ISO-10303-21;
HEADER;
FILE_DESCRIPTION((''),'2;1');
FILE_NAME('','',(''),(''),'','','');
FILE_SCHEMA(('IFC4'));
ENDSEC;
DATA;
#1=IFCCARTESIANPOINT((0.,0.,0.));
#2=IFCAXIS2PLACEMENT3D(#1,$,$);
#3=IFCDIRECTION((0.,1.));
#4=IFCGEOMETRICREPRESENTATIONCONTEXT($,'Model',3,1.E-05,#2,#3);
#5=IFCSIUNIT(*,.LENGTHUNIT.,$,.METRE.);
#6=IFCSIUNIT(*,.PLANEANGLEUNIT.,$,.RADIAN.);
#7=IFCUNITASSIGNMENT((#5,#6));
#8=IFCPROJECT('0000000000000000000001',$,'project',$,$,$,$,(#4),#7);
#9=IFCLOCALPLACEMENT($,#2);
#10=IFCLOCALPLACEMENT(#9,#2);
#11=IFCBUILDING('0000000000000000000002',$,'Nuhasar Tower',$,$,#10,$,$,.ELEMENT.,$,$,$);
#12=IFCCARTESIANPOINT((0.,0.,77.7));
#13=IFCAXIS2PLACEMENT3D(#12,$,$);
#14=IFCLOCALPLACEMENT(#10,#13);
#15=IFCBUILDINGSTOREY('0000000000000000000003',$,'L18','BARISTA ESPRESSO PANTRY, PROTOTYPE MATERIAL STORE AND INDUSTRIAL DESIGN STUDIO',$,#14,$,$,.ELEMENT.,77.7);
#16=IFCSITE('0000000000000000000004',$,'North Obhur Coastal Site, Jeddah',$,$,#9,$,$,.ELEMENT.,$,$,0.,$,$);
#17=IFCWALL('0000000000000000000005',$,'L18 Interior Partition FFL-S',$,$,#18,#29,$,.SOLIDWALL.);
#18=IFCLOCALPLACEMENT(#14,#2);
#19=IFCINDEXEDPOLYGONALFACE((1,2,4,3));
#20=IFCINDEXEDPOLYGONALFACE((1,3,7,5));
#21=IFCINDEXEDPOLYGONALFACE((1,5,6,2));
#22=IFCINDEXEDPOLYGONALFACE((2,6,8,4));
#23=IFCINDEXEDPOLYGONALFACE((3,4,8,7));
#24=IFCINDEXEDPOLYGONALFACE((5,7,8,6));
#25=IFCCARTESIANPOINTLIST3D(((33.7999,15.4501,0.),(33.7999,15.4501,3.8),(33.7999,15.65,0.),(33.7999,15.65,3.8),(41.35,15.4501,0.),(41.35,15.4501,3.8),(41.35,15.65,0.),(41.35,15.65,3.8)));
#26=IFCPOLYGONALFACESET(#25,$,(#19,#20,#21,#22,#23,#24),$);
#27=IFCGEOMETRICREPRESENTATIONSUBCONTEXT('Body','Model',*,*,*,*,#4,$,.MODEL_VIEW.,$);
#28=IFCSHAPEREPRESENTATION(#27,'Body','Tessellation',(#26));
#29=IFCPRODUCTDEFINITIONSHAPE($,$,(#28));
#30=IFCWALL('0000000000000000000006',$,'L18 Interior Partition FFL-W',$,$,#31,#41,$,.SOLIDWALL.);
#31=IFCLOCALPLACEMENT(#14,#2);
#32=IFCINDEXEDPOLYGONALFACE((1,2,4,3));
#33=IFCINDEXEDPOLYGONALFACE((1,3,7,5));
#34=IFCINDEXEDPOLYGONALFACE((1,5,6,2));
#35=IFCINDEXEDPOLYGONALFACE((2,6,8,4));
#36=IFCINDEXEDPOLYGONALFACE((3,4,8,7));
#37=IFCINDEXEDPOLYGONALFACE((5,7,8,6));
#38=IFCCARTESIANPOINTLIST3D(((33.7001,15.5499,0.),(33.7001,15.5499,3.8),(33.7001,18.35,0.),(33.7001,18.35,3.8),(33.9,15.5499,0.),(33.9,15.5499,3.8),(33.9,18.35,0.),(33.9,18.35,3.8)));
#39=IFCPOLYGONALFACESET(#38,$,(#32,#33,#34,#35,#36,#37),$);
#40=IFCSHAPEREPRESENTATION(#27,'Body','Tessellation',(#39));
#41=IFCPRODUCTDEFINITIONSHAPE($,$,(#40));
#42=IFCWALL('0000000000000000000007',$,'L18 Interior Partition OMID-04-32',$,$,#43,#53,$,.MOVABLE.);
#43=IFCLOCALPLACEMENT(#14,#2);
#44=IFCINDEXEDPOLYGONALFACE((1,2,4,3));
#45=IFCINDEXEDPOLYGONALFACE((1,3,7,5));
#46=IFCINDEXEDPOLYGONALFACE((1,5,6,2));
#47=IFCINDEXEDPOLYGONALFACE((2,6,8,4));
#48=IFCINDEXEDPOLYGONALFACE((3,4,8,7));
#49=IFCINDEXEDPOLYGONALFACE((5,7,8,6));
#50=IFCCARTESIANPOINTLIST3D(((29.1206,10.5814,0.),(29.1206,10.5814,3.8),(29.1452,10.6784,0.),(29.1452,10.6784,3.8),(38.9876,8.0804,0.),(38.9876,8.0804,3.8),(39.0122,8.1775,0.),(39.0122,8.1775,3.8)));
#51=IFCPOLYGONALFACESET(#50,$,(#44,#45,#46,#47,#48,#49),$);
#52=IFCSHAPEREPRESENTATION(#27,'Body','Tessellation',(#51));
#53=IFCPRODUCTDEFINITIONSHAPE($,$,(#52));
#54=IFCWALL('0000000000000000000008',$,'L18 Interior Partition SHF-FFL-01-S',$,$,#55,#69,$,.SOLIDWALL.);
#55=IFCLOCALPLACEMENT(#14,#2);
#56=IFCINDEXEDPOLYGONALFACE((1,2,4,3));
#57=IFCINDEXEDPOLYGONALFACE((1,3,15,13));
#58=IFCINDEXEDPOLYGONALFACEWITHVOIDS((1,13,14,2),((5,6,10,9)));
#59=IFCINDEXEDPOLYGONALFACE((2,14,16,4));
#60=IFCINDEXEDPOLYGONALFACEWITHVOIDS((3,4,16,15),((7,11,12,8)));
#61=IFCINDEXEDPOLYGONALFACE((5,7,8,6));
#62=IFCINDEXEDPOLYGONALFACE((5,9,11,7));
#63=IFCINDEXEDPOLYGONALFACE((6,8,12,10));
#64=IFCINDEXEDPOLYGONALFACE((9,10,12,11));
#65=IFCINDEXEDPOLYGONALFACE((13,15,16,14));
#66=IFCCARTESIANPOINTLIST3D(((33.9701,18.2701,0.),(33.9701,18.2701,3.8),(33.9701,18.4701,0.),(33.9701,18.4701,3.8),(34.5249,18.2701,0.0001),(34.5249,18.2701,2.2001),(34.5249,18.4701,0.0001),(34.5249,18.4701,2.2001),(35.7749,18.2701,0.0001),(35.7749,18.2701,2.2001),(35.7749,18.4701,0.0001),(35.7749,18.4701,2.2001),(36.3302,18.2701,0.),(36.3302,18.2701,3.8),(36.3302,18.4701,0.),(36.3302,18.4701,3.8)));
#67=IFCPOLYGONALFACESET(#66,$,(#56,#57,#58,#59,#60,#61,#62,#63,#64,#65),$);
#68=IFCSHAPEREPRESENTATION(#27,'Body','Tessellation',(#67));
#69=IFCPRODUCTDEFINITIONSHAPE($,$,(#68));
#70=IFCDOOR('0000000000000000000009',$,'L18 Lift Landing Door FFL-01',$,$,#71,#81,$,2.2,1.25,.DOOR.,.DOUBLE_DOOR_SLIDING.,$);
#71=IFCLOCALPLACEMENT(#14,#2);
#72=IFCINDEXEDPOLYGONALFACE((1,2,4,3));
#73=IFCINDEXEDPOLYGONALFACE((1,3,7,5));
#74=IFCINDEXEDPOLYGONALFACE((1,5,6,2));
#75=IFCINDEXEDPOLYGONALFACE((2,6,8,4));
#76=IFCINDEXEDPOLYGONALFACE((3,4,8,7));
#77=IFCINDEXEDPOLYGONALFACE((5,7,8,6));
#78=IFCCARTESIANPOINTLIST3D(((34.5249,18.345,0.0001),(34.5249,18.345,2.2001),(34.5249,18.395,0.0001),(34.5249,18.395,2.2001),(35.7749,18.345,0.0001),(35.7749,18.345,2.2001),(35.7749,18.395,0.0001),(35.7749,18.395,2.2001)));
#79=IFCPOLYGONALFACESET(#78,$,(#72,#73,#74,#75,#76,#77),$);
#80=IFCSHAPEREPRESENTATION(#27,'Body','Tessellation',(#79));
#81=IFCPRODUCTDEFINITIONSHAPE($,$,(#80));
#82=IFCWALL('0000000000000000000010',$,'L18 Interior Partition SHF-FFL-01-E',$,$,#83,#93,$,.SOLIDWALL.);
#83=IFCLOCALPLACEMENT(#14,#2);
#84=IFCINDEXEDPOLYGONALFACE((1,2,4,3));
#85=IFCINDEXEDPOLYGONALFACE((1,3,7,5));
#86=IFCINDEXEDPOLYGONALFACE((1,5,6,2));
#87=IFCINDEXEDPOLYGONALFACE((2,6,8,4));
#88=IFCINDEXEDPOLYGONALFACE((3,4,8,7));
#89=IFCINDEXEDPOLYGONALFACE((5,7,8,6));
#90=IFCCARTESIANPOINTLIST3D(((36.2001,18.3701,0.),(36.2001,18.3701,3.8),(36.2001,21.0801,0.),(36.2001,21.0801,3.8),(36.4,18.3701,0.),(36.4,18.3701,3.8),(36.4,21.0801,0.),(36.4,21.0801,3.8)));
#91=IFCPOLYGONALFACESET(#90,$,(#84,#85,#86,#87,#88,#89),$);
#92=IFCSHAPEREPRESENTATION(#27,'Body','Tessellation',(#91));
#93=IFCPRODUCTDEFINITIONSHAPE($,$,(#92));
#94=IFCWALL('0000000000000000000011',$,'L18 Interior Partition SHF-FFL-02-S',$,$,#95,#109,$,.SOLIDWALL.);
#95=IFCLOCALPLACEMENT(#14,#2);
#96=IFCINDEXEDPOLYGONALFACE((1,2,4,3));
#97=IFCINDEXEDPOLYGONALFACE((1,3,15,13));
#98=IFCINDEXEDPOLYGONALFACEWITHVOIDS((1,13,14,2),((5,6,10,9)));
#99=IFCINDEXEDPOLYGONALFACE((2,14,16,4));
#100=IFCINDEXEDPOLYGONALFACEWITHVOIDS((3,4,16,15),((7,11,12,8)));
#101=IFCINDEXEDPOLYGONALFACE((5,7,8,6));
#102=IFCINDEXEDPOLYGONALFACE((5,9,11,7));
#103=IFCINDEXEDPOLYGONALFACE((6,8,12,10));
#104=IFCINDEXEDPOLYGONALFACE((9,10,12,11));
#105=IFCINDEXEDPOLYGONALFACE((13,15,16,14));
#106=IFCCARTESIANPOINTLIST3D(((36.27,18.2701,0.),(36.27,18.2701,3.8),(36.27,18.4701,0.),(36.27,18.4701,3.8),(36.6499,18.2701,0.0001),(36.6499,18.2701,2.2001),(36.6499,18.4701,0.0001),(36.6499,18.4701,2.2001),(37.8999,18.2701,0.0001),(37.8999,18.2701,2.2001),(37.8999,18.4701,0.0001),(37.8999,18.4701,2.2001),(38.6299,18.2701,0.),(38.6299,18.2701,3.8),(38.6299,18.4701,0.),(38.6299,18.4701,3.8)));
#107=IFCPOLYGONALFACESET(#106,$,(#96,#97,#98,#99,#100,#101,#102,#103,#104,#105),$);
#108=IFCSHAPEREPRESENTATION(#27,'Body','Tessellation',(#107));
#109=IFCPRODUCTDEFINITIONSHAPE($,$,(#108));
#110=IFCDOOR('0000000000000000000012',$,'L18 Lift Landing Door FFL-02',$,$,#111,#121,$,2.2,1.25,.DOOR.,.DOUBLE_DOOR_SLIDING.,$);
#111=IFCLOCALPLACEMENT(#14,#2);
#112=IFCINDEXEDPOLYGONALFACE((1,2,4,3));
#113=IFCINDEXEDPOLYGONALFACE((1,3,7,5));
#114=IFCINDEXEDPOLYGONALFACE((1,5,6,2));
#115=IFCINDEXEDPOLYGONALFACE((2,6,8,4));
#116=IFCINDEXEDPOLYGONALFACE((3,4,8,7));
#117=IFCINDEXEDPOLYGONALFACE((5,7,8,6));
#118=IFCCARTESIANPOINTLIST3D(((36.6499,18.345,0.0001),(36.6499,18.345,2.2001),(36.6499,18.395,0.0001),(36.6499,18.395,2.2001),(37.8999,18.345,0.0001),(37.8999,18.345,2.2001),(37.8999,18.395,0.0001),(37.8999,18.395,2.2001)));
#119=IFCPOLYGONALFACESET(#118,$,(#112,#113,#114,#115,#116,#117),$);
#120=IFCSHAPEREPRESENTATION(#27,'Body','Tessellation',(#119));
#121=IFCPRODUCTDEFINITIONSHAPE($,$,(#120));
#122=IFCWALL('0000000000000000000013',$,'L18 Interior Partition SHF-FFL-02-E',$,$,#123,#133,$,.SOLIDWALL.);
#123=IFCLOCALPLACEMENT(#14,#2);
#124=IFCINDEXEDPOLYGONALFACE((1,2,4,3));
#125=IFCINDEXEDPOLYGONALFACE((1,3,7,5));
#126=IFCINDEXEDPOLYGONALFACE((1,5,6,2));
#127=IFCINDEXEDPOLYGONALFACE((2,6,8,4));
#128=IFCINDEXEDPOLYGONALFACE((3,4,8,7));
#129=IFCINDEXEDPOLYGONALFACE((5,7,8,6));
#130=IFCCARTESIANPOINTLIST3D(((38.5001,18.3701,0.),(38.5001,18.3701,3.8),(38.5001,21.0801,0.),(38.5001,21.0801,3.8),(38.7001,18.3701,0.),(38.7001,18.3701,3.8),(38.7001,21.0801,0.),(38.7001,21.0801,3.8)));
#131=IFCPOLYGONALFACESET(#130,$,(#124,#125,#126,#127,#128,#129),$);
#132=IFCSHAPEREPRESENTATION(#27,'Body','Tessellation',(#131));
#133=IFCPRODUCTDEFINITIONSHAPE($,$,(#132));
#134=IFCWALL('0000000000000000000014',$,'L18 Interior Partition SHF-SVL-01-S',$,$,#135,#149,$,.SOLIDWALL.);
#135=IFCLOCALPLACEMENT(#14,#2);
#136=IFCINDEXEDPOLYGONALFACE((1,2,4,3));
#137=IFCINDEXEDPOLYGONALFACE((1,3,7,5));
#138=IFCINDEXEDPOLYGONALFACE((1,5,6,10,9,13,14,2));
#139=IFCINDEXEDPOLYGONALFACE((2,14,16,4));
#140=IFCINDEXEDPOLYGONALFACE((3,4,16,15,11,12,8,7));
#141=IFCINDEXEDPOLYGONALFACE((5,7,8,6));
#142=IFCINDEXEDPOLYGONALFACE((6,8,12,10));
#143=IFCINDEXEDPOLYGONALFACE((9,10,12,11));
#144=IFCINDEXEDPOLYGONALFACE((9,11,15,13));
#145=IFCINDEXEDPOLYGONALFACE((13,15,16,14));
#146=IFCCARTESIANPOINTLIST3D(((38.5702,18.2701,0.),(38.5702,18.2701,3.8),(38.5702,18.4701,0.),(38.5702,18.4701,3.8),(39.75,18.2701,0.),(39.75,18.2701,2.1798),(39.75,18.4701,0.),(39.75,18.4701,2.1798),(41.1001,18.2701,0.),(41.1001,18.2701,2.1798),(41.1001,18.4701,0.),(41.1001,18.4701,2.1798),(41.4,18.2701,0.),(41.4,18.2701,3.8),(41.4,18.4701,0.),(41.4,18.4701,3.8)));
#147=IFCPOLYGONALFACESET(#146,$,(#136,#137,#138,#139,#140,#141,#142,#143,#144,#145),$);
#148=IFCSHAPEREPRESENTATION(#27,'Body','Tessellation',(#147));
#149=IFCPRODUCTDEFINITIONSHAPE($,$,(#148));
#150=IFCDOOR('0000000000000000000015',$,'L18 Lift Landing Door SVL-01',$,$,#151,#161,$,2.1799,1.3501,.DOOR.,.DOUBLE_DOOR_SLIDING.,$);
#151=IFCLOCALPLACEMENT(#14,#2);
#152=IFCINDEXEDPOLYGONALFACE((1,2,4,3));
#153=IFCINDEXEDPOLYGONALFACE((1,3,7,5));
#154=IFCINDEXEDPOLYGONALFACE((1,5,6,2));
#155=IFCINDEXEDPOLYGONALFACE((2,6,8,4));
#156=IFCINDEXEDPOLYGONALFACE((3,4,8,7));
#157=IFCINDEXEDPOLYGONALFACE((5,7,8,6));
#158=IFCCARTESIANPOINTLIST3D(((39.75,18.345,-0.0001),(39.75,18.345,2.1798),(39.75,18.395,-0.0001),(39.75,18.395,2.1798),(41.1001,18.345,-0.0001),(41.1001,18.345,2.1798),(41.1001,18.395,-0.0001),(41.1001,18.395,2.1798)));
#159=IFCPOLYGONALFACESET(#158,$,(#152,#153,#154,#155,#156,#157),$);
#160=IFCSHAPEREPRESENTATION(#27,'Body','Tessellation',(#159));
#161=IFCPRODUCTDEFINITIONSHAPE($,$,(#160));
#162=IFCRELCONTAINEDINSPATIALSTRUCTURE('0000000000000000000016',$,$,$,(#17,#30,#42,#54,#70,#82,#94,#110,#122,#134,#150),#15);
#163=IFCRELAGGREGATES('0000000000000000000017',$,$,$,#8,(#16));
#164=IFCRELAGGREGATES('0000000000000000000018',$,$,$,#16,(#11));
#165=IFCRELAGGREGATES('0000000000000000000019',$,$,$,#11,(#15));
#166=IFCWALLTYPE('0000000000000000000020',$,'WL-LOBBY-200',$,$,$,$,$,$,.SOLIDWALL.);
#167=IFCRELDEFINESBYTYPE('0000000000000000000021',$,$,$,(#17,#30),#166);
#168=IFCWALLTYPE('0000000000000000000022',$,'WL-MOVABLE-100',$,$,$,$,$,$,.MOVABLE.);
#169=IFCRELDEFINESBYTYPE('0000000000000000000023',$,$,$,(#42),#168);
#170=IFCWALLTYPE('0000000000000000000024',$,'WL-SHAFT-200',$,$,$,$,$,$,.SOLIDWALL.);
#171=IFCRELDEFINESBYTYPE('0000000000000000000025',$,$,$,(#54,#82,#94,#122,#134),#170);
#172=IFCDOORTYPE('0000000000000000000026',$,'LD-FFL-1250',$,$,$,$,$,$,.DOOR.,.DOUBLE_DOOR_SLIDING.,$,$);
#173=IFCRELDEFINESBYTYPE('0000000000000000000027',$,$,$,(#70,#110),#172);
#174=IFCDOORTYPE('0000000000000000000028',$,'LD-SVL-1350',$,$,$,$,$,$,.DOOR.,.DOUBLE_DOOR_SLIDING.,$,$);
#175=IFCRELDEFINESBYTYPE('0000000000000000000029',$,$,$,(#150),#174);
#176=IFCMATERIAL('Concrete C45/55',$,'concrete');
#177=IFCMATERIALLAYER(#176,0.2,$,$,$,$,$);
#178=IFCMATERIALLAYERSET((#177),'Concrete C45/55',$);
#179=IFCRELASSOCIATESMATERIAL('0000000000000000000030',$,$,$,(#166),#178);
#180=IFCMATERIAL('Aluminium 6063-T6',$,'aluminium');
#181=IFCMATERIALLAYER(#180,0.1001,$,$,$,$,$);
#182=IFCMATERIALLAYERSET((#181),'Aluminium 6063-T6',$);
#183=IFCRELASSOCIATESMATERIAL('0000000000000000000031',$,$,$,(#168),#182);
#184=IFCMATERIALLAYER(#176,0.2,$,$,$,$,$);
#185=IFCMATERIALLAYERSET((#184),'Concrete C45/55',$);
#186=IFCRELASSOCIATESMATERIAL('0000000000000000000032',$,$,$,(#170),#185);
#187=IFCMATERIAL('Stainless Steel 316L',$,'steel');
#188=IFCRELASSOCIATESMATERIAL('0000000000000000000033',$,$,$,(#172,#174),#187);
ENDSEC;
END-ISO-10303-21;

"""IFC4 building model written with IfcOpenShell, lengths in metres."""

from ifc_helpers import new_model, si_unit, direction, frame, frame_2d, origin, place, context, subcontext, project, spatial, rectangle, extrude, material, layer, layer_set, type_object, element, fill, save


model = new_model("IFC4")

# Units and contexts
model_context = context("Model", 3, precision=1e-05, world=origin(), true_north=direction((0.0, 1.0)))
body_context = subcontext(model_context, "Body", "Model", "MODEL_VIEW")
ifc_project = project(units=[si_unit("LENGTHUNIT", "METRE"), si_unit("PLANEANGLEUNIT", "RADIAN")], contexts=[model_context])

# Site, building, storey
site_placement = place(None, origin())
site = spatial("IfcSite", under=ifc_project, at=site_placement, Name="North Obhur Coastal Site, Jeddah", CompositionType="ELEMENT", RefElevation=0.0)
building_placement = place(site_placement, origin())
building = spatial("IfcBuilding", under=site, at=building_placement, Name="Nuhasar Tower", CompositionType="ELEMENT")
storey_placement = place(building_placement, frame((0.0, 0.0, 77.7)))
storey = spatial("IfcBuildingStorey", under=building, at=storey_placement, Name="L18", Description="BARISTA ESPRESSO PANTRY, PROTOTYPE MATERIAL STORE AND INDUSTRIAL DESIGN STUDIO", CompositionType="ELEMENT", Elevation=77.7)

# Shared definitions
ifc_material_1 = material(Name="Aluminium 6063-T6", Category="aluminium")

# Walls
ifc_material_2 = material(Name="Concrete C45/55", Category="concrete")
ifc_layer_1 = layer(ifc_material_2, 0.2)
ifc_layer_set_1 = layer_set([ifc_layer_1], Name="Concrete C45/55")
wall_type_1 = type_object("IfcWallType", Name="WL-LOBBY-200", PredefinedType="SOLIDWALL", material=ifc_layer_set_1)
wall_1_placement = place(storey_placement, frame((33.8, 15.55, 0.0), z_axis=(0.0, 0.0, 1.0), x_axis=(1.0, 0.0, 0.0)))
element("IfcWall", 1, at=wall_1_placement, inside=storey, type_object=wall_type_1, Name="L18 Interior Partition FFL-S", PredefinedType="SOLIDWALL", context=body_context, shape_type="SweptSolid", body=[
    extrude(rectangle(XDim=7.55, YDim=0.2, at=frame_2d((3.7749, 0.0))), origin(), (0.0, 0.0, 1.0), 3.8),
])
wall_2_placement = place(storey_placement, frame((33.8, 15.55, 0.0), z_axis=(0.0, 0.0, 1.0), x_axis=(0.0, 1.0, 0.0)))
element("IfcWall", 2, at=wall_2_placement, inside=storey, type_object=wall_type_1, Name="L18 Interior Partition FFL-W", PredefinedType="SOLIDWALL", context=body_context, shape_type="SweptSolid", body=[
    extrude(rectangle(XDim=2.8, YDim=0.2, at=frame_2d((1.3999, 0.0))), origin(), (0.0, 0.0, 1.0), 3.8),
])
ifc_layer_2 = layer(ifc_material_1, 0.1001)
ifc_layer_set_2 = layer_set([ifc_layer_2], Name="Aluminium 6063-T6")
wall_type_2 = type_object("IfcWallType", Name="WL-MOVABLE-100", PredefinedType="MOVABLE", material=ifc_layer_set_2)
wall_3_placement = place(storey_placement, frame((29.1331, 10.6299, 0.0), z_axis=(0.0, 0.0, 1.0), x_axis=(0.969346, -0.2457, 0.0)))
element("IfcWall", 3, at=wall_3_placement, inside=storey, type_object=wall_type_2, Name="L18 Interior Partition OMID-04-32", PredefinedType="MOVABLE", context=body_context, shape_type="SweptSolid", body=[
    extrude(rectangle(XDim=10.179, YDim=0.1001, at=frame_2d((5.0894, 0.0))), origin(), (0.0, 0.0, 1.0), 3.8),
])

# Wall, opening, door
ifc_layer_3 = layer(ifc_material_2, 0.2)
ifc_layer_set_3 = layer_set([ifc_layer_3], Name="Concrete C45/55")
wall_type_3 = type_object("IfcWallType", Name="WL-SHAFT-200", PredefinedType="SOLIDWALL", material=ifc_layer_set_3)
wall_4_placement = place(storey_placement, frame((33.97, 18.3701, 0.0), z_axis=(0.0, 0.0, 1.0), x_axis=(1.0, 0.0, 0.0)))
wall_4 = element("IfcWall", 4, at=wall_4_placement, inside=storey, type_object=wall_type_3, Name="L18 Interior Partition SHF-FFL-01-S", PredefinedType="SOLIDWALL", context=body_context, shape_type="SweptSolid", body=[
    extrude(rectangle(XDim=2.3601, YDim=0.2, at=frame_2d((1.1802, 0.0))), origin(), (0.0, 0.0, 1.0), 3.8),
])
opening_1_placement = place(wall_4_placement, frame((0.5549, 0.0, 0.0)))
opening_1 = element("IfcOpeningElement", 5, at=opening_1_placement, cuts=wall_4, PredefinedType="OPENING", context=body_context, shape_type="SweptSolid", body=[
    extrude(rectangle(XDim=1.25, YDim=2.2, at=frame_2d((0.625, 1.1001))), frame((0.0, 0.1099, 0.0), z_axis=(0.0, -1.0, 0.0), x_axis=(1.0, 0.0, 0.0)), (0.0, 0.0, 1.0), 0.22),
])
ifc_material_3 = material(Name="Stainless Steel 316L", Category="steel")
door_type_1 = type_object("IfcDoorType", Name="LD-FFL-1250", OperationType="DOUBLE_DOOR_SLIDING", PredefinedType="DOOR", material=ifc_material_3)
door_1_placement = place(opening_1_placement, origin())
door_1 = element("IfcDoor", 6, at=door_1_placement, inside=storey, type_object=door_type_1, Name="L18 Lift Landing Door FFL-01", OperationType="DOUBLE_DOOR_SLIDING", OverallHeight=2.2, OverallWidth=1.25, PredefinedType="DOOR", context=body_context, shape_type="SweptSolid", body=[
    extrude(rectangle(XDim=1.25, YDim=2.2, at=frame_2d((0.625, 1.1001))), frame((0.0, 0.0249, 0.0), z_axis=(0.0, -1.0, 0.0), x_axis=(1.0, 0.0, 0.0)), (0.0, 0.0, 1.0), 0.05),
])
fill(opening_1, door_1)

# Wall
wall_5_placement = place(storey_placement, frame((36.3, 18.3701, 0.0), z_axis=(0.0, 0.0, 1.0), x_axis=(0.0, 1.0, 0.0)))
element("IfcWall", 7, at=wall_5_placement, inside=storey, type_object=wall_type_3, Name="L18 Interior Partition SHF-FFL-01-E", PredefinedType="SOLIDWALL", context=body_context, shape_type="SweptSolid", body=[
    extrude(rectangle(XDim=2.71, YDim=0.2, at=frame_2d((1.355, 0.0))), origin(), (0.0, 0.0, 1.0), 3.8),
])

# Wall, opening, door
wall_6_placement = place(storey_placement, frame((36.27, 18.3701, 0.0), z_axis=(0.0, 0.0, 1.0), x_axis=(1.0, 0.0, 0.0)))
wall_6 = element("IfcWall", 8, at=wall_6_placement, inside=storey, type_object=wall_type_3, Name="L18 Interior Partition SHF-FFL-02-S", PredefinedType="SOLIDWALL", context=body_context, shape_type="SweptSolid", body=[
    extrude(rectangle(XDim=2.3599, YDim=0.2, at=frame_2d((1.1799, 0.0))), origin(), (0.0, 0.0, 1.0), 3.8),
])
opening_2_placement = place(wall_6_placement, frame((0.3799, 0.0, 0.0)))
opening_2 = element("IfcOpeningElement", 9, at=opening_2_placement, cuts=wall_6, PredefinedType="OPENING", context=body_context, shape_type="SweptSolid", body=[
    extrude(rectangle(XDim=1.25, YDim=2.2, at=frame_2d((0.625, 1.1001))), frame((0.0, 0.1099, 0.0), z_axis=(0.0, -1.0, 0.0), x_axis=(1.0, 0.0, 0.0)), (0.0, 0.0, 1.0), 0.22),
])
door_2_placement = place(opening_2_placement, origin())
door_2 = element("IfcDoor", 10, at=door_2_placement, inside=storey, type_object=door_type_1, Name="L18 Lift Landing Door FFL-02", OperationType="DOUBLE_DOOR_SLIDING", OverallHeight=2.2, OverallWidth=1.25, PredefinedType="DOOR", context=body_context, shape_type="SweptSolid", body=[
    extrude(rectangle(XDim=1.25, YDim=2.2, at=frame_2d((0.625, 1.1001))), frame((0.0, 0.0249, 0.0), z_axis=(0.0, -1.0, 0.0), x_axis=(1.0, 0.0, 0.0)), (0.0, 0.0, 1.0), 0.05),
])
fill(opening_2, door_2)

# Wall
wall_7_placement = place(storey_placement, frame((38.6001, 18.3701, 0.0), z_axis=(0.0, 0.0, 1.0), x_axis=(0.0, 1.0, 0.0)))
element("IfcWall", 11, at=wall_7_placement, inside=storey, type_object=wall_type_3, Name="L18 Interior Partition SHF-FFL-02-E", PredefinedType="SOLIDWALL", context=body_context, shape_type="SweptSolid", body=[
    extrude(rectangle(XDim=2.71, YDim=0.2, at=frame_2d((1.355, 0.0))), origin(), (0.0, 0.0, 1.0), 3.8),
])

# Wall, opening, door
wall_8_placement = place(storey_placement, frame((38.5701, 18.3701, 0.0), z_axis=(0.0, 0.0, 1.0), x_axis=(1.0, 0.0, 0.0)))
wall_8 = element("IfcWall", 12, at=wall_8_placement, inside=storey, type_object=wall_type_3, Name="L18 Interior Partition SHF-SVL-01-S", PredefinedType="SOLIDWALL", context=body_context, shape_type="SweptSolid", body=[
    extrude(rectangle(XDim=2.8298, YDim=0.2, at=frame_2d((1.415, 0.0))), origin(), (0.0, 0.0, 1.0), 3.8),
])
opening_3_placement = place(wall_8_placement, frame((1.1799, 0.0, 0.0)))
opening_3 = element("IfcOpeningElement", 13, at=opening_3_placement, cuts=wall_8, PredefinedType="OPENING", context=body_context, shape_type="SweptSolid", body=[
    extrude(rectangle(XDim=1.3501, YDim=2.1799, at=frame_2d((0.675, 1.0898))), frame((0.0, 0.1099, 0.0), z_axis=(0.0, -1.0, 0.0), x_axis=(1.0, 0.0, 0.0)), (0.0, 0.0, 1.0), 0.22),
])
door_type_2 = type_object("IfcDoorType", Name="LD-SVL-1350", OperationType="DOUBLE_DOOR_SLIDING", PredefinedType="DOOR", material=ifc_material_3)
door_3_placement = place(opening_3_placement, origin())
door_3 = element("IfcDoor", 14, at=door_3_placement, inside=storey, type_object=door_type_2, Name="L18 Lift Landing Door SVL-01", OperationType="DOUBLE_DOOR_SLIDING", OverallHeight=2.1799, OverallWidth=1.3501, PredefinedType="DOOR", context=body_context, shape_type="SweptSolid", body=[
    extrude(rectangle(XDim=1.3501, YDim=2.1799, at=frame_2d((0.675, 1.0898))), frame((0.0, 0.0249, 0.0), z_axis=(0.0, -1.0, 0.0), x_axis=(1.0, 0.0, 0.0)), (0.0, 0.0, 1.0), 0.05),
])
fill(opening_3, door_3)

save(model, "model.ifc")
